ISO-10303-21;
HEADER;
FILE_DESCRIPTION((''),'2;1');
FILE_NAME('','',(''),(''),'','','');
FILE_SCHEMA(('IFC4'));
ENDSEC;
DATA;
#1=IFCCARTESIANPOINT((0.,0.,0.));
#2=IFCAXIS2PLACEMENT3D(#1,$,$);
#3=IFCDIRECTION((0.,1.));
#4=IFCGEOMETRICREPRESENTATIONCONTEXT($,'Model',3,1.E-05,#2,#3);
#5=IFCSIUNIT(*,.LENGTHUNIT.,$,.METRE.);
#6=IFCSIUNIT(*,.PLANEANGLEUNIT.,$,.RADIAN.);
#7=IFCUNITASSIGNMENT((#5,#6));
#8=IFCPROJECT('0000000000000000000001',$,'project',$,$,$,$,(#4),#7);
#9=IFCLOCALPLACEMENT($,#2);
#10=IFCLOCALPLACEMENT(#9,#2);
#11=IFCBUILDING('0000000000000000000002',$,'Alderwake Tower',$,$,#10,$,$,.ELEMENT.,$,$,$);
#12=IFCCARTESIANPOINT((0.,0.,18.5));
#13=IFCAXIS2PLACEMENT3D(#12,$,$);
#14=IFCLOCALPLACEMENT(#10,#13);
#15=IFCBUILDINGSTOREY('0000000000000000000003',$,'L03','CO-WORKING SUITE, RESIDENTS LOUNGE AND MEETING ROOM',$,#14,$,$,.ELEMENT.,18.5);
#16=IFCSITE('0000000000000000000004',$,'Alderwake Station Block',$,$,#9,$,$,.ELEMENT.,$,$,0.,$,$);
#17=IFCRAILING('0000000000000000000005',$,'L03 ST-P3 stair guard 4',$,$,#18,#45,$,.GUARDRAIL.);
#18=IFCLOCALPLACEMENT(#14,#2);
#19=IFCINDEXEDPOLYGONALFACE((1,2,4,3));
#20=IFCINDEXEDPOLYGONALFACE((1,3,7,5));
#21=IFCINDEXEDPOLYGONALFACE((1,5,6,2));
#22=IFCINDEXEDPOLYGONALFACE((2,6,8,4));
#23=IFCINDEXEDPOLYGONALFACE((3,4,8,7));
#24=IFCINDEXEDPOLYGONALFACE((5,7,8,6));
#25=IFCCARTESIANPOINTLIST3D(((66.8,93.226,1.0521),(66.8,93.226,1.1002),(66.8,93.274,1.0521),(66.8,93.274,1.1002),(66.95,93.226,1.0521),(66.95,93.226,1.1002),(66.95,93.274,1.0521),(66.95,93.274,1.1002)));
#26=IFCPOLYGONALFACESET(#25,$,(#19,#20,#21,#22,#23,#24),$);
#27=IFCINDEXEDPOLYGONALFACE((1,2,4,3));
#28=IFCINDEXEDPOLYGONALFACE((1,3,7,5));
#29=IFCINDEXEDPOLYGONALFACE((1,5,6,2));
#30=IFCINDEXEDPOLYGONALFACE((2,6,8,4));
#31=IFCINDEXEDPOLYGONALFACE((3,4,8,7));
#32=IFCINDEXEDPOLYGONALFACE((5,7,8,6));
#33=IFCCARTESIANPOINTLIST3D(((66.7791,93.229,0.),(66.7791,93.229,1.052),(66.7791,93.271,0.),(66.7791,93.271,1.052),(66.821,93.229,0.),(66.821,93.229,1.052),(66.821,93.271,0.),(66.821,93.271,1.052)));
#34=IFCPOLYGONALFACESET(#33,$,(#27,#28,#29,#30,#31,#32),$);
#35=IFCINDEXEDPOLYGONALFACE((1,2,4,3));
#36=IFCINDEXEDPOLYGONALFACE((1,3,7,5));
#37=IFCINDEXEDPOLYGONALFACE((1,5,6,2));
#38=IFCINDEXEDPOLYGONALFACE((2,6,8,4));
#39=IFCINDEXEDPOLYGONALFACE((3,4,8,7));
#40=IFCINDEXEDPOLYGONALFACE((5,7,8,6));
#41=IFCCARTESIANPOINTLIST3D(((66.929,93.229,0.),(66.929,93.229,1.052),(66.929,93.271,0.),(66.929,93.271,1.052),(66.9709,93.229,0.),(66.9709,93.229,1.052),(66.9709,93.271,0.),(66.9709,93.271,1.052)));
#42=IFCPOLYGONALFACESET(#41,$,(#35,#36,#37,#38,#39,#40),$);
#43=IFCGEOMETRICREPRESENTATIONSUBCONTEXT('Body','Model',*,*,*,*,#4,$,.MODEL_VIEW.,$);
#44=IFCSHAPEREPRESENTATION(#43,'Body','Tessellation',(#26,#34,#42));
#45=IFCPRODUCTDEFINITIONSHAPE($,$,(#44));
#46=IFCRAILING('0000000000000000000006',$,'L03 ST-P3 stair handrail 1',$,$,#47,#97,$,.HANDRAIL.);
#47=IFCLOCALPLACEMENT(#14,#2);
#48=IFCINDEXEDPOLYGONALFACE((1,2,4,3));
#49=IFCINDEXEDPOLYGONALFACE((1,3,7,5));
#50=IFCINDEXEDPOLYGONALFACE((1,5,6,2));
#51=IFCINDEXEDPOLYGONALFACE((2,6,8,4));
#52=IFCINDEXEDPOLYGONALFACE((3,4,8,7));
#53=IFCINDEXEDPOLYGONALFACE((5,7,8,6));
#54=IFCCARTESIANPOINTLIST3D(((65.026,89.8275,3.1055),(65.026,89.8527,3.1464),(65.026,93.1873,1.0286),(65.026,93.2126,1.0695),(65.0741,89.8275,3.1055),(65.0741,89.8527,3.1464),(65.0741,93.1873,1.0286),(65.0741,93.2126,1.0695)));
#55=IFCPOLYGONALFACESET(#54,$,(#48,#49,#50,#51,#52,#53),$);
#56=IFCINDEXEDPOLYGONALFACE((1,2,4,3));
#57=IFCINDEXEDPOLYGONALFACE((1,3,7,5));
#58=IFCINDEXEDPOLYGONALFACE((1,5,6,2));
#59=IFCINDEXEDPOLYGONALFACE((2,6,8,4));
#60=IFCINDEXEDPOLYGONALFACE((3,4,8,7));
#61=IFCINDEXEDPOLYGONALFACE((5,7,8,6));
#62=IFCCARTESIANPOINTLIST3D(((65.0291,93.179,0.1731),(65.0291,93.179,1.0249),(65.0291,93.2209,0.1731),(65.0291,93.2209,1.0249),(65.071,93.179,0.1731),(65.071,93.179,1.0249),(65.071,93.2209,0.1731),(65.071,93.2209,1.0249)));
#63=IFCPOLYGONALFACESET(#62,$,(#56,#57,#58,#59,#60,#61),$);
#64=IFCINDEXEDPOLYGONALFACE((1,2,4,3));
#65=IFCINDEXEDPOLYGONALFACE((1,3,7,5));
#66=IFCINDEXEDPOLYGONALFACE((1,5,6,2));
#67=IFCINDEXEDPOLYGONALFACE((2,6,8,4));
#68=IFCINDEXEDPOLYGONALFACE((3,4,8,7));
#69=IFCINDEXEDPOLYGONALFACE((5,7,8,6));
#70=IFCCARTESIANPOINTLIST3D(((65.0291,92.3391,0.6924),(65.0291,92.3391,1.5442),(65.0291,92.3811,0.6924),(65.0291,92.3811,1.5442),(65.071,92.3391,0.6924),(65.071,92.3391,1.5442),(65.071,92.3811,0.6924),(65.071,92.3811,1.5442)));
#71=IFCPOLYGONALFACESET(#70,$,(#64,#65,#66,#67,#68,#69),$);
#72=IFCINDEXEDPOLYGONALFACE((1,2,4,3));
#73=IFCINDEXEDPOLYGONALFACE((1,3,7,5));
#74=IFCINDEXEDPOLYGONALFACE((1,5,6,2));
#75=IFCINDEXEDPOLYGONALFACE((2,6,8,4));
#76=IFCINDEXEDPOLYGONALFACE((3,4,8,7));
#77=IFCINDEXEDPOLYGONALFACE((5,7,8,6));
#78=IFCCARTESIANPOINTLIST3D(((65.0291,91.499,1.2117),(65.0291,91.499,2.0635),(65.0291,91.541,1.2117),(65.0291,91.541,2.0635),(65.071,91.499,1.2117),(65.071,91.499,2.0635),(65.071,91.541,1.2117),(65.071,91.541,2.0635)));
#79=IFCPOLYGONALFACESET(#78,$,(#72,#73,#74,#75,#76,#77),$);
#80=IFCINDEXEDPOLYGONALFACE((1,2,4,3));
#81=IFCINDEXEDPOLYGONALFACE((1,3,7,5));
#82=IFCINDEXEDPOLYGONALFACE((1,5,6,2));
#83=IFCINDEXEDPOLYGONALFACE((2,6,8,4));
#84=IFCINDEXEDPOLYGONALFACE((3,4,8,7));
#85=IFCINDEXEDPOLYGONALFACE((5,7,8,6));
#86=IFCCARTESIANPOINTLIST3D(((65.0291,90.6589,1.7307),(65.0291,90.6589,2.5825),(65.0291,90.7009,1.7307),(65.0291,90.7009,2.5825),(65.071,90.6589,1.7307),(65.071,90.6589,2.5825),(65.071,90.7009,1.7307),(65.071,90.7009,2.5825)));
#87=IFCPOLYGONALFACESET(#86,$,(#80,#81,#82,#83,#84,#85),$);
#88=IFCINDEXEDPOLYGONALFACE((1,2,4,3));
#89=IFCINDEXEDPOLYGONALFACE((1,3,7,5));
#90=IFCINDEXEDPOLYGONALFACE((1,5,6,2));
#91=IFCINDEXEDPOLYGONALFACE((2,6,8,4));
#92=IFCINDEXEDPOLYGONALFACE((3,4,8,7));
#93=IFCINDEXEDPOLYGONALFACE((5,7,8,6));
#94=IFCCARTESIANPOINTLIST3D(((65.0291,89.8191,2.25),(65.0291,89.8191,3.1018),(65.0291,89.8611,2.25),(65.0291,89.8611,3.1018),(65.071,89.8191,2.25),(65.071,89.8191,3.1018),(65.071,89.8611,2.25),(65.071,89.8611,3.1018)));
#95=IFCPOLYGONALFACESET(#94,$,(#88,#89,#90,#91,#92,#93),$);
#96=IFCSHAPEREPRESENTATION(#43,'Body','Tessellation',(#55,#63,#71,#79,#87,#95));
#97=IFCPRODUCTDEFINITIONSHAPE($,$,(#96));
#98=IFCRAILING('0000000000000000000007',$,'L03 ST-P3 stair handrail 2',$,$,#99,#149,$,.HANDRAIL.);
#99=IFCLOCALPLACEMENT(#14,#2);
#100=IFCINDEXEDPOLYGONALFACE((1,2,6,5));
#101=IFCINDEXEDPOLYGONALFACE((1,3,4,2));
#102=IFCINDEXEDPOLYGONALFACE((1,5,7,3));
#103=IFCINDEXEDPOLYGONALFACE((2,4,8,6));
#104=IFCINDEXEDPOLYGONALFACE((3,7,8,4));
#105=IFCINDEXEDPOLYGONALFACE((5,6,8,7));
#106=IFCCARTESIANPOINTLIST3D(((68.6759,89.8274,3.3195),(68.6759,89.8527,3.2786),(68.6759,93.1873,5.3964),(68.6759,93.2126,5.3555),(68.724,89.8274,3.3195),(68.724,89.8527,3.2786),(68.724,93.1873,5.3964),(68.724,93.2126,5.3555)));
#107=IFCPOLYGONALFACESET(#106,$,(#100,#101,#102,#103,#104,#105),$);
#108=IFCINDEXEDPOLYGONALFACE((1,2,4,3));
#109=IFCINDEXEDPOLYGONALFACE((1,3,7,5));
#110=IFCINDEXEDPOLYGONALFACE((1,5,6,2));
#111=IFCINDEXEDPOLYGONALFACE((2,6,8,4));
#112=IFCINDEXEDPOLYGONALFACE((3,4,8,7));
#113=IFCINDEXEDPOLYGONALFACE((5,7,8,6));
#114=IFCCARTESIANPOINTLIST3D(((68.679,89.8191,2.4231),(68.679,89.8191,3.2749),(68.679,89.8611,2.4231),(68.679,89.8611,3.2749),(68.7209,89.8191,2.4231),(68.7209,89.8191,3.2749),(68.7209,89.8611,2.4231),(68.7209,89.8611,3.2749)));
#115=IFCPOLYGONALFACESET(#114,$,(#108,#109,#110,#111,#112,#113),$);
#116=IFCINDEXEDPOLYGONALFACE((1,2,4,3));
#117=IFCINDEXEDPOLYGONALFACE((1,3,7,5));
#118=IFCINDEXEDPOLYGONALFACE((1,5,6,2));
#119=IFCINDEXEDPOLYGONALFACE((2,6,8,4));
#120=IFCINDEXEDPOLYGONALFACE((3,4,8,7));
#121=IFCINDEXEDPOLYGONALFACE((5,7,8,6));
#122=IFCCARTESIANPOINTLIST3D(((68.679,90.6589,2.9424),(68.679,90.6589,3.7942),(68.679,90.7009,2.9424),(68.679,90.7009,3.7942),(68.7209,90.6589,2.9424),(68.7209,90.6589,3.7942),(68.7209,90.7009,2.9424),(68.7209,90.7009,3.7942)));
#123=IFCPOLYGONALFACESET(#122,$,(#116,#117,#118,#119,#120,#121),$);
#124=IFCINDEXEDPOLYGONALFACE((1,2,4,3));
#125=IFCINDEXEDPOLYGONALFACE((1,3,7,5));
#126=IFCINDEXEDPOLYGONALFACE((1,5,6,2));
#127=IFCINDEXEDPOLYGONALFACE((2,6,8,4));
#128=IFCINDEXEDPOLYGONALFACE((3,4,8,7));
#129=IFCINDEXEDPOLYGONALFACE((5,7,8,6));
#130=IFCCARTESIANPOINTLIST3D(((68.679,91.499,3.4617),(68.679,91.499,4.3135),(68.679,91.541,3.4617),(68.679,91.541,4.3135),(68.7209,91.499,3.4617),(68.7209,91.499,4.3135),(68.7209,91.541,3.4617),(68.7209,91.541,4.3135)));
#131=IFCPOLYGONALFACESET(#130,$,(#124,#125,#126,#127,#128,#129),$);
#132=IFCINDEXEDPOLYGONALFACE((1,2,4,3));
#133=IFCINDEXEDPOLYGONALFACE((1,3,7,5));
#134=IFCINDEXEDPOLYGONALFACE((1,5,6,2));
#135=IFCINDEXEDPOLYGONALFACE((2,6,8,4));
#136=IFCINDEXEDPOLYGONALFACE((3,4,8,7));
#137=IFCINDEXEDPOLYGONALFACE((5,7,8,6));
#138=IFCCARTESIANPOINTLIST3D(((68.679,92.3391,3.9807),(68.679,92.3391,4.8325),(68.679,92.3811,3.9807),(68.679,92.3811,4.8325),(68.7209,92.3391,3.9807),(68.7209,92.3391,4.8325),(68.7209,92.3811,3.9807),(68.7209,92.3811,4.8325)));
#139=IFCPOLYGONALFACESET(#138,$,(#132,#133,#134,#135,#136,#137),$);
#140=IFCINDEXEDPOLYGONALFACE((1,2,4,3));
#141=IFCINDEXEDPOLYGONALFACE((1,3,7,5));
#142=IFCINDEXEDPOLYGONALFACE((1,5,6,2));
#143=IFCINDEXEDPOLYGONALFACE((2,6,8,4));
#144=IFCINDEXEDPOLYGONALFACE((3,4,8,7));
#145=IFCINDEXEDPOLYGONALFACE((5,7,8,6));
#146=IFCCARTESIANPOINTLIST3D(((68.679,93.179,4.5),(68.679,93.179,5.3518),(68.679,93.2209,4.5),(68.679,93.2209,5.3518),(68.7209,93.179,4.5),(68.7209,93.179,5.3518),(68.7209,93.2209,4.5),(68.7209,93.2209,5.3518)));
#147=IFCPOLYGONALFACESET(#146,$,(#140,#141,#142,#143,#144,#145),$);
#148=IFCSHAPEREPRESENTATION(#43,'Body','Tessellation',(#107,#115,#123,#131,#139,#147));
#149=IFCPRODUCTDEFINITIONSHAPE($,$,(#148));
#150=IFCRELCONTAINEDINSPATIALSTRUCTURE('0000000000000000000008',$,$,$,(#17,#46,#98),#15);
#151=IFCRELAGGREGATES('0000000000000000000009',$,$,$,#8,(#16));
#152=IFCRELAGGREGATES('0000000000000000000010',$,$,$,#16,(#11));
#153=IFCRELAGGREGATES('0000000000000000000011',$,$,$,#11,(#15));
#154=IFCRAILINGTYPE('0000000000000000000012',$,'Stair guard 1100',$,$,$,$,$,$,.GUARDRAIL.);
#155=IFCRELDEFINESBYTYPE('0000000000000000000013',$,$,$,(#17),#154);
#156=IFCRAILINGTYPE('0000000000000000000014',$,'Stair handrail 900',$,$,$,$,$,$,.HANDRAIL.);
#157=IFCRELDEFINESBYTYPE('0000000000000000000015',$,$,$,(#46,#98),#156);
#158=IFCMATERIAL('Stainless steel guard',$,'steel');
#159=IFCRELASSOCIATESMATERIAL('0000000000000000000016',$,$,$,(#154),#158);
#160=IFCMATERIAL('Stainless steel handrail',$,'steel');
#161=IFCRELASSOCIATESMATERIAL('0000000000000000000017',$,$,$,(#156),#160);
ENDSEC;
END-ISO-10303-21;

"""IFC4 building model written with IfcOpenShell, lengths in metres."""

from ifc_helpers import new_model, si_unit, direction, frame, origin, origin_with_axes, origin_2d, place, context, subcontext, project, spatial, rectangle, extrude, material, type_object, element, save


model = new_model("IFC4")

# Units and contexts
model_context = context("Model", 3, precision=1e-05, world=origin(), true_north=direction((0.0, 1.0)))
body_context = subcontext(model_context, "Body", "Model", "MODEL_VIEW")
ifc_project = project(units=[si_unit("LENGTHUNIT", "METRE"), si_unit("PLANEANGLEUNIT", "RADIAN")], contexts=[model_context])

# Site, building, storey
site_placement = place(None, origin())
site = spatial("IfcSite", under=ifc_project, at=site_placement, Name="Alderwake Station Block", CompositionType="ELEMENT", RefElevation=0.0)
building_placement = place(site_placement, origin())
building = spatial("IfcBuilding", under=site, at=building_placement, Name="Alderwake Tower", CompositionType="ELEMENT")
storey_placement = place(building_placement, frame((0.0, 0.0, 18.5)))
storey = spatial("IfcBuildingStorey", under=building, at=storey_placement, Name="L03", Description="CO-WORKING SUITE, RESIDENTS LOUNGE AND MEETING ROOM", CompositionType="ELEMENT", Elevation=18.5)

# Railings
ifc_material_1 = material(Name="Stainless steel guard", Category="steel")
railing_type_1 = type_object("IfcRailingType", Name="Stair guard 1100", PredefinedType="GUARDRAIL", material=ifc_material_1)
railing_1_placement = place(storey_placement, frame((66.8, 93.25, 0.0)))
element("IfcRailing", 1, at=railing_1_placement, inside=storey, type_object=railing_type_1, Name="L03 ST-P3 stair guard 4", PredefinedType="GUARDRAIL", context=body_context, shape_type="SweptSolid", body=[
    extrude(rectangle(XDim=0.0481, YDim=0.0481, at=origin_2d()), frame((0.0, 0.0, 1.0762), z_axis=(1.0, 0.0, 0.0), x_axis=(0.0, 1.0, 0.0)), (0.0, 0.0, 1.0), 0.1499),
    extrude(rectangle(XDim=0.042, YDim=0.042, at=origin_2d()), origin_with_axes(), (0.0, 0.0, 1.0), 1.052),
    extrude(rectangle(XDim=0.042, YDim=0.042, at=origin_2d()), frame((0.1499, 0.0, 0.0), z_axis=(0.0, 0.0, 1.0), x_axis=(1.0, 0.0, 0.0)), (0.0, 0.0, 1.0), 1.052),
])
ifc_material_2 = material(Name="Stainless steel handrail", Category="steel")
railing_type_2 = type_object("IfcRailingType", Name="Stair handrail 900", PredefinedType="HANDRAIL", material=ifc_material_2)
railing_2_placement = place(storey_placement, frame((65.05, 93.2, 0.1731)))
element("IfcRailing", 2, at=railing_2_placement, inside=storey, type_object=railing_type_2, Name="L03 ST-P3 stair handrail 1", PredefinedType="HANDRAIL", context=body_context, shape_type="SweptSolid", body=[
    extrude(rectangle(XDim=0.0481, YDim=0.0481, at=origin_2d()), frame((0.0, 0.0, 0.876), z_axis=(0.0, -0.850606, 0.525803), x_axis=(1.0, 0.0, 0.0)), (0.0, 0.0, 1.0), 3.95),
    extrude(rectangle(XDim=0.042, YDim=0.042, at=origin_2d()), frame((0.0, 0.0, 0.0), z_axis=(0.0, 0.0, 1.0), x_axis=(0.0, -1.0, 0.0)), (0.0, 0.0, 1.0), 0.8518),
    extrude(rectangle(XDim=0.042, YDim=0.042, at=origin_2d()), frame((0.0, -0.8398, 0.5193), z_axis=(0.0, 0.0, 1.0), x_axis=(0.0, -1.0, 0.0)), (0.0, 0.0, 1.0), 0.8518),
    extrude(rectangle(XDim=0.042, YDim=0.042, at=origin_2d()), frame((0.0, -1.6799, 1.0386), z_axis=(0.0, 0.0, 1.0), x_axis=(0.0, -1.0, 0.0)), (0.0, 0.0, 1.0), 0.8518),
    extrude(rectangle(XDim=0.042, YDim=0.042, at=origin_2d()), frame((0.0, -2.52, 1.5576), z_axis=(0.0, 0.0, 1.0), x_axis=(0.0, -1.0, 0.0)), (0.0, 0.0, 1.0), 0.8518),
    extrude(rectangle(XDim=0.042, YDim=0.042, at=origin_2d()), frame((0.0, -3.3599, 2.0769), z_axis=(0.0, 0.0, 1.0), x_axis=(0.0, -1.0, 0.0)), (0.0, 0.0, 1.0), 0.8518),
])
railing_3_placement = place(storey_placement, frame((68.7, 89.8401, 2.4231)))
element("IfcRailing", 3, at=railing_3_placement, inside=storey, type_object=railing_type_2, Name="L03 ST-P3 stair handrail 2", PredefinedType="HANDRAIL", context=body_context, shape_type="SweptSolid", body=[
    extrude(rectangle(XDim=0.0481, YDim=0.0481, at=origin_2d()), frame((0.0, 0.0, 0.876), z_axis=(0.0, 0.850606, 0.525803), x_axis=(-1.0, 0.0, 0.0)), (0.0, 0.0, 1.0), 3.95),
    extrude(rectangle(XDim=0.042, YDim=0.042, at=origin_2d()), frame((0.0, 0.0, 0.0), z_axis=(0.0, 0.0, 1.0), x_axis=(0.0, 1.0, 0.0)), (0.0, 0.0, 1.0), 0.8518),
    extrude(rectangle(XDim=0.042, YDim=0.042, at=origin_2d()), frame((0.0, 0.8398, 0.5193), z_axis=(0.0, 0.0, 1.0), x_axis=(0.0, 1.0, 0.0)), (0.0, 0.0, 1.0), 0.8518),
    extrude(rectangle(XDim=0.042, YDim=0.042, at=origin_2d()), frame((0.0, 1.6799, 1.0386), z_axis=(0.0, 0.0, 1.0), x_axis=(0.0, 1.0, 0.0)), (0.0, 0.0, 1.0), 0.8518),
    extrude(rectangle(XDim=0.042, YDim=0.042, at=origin_2d()), frame((0.0, 2.52, 1.5576), z_axis=(0.0, 0.0, 1.0), x_axis=(0.0, 1.0, 0.0)), (0.0, 0.0, 1.0), 0.8518),
    extrude(rectangle(XDim=0.042, YDim=0.042, at=origin_2d()), frame((0.0, 3.3599, 2.0769), z_axis=(0.0, 0.0, 1.0), x_axis=(0.0, 1.0, 0.0)), (0.0, 0.0, 1.0), 0.8518),
])

save(model, "model.ifc")
